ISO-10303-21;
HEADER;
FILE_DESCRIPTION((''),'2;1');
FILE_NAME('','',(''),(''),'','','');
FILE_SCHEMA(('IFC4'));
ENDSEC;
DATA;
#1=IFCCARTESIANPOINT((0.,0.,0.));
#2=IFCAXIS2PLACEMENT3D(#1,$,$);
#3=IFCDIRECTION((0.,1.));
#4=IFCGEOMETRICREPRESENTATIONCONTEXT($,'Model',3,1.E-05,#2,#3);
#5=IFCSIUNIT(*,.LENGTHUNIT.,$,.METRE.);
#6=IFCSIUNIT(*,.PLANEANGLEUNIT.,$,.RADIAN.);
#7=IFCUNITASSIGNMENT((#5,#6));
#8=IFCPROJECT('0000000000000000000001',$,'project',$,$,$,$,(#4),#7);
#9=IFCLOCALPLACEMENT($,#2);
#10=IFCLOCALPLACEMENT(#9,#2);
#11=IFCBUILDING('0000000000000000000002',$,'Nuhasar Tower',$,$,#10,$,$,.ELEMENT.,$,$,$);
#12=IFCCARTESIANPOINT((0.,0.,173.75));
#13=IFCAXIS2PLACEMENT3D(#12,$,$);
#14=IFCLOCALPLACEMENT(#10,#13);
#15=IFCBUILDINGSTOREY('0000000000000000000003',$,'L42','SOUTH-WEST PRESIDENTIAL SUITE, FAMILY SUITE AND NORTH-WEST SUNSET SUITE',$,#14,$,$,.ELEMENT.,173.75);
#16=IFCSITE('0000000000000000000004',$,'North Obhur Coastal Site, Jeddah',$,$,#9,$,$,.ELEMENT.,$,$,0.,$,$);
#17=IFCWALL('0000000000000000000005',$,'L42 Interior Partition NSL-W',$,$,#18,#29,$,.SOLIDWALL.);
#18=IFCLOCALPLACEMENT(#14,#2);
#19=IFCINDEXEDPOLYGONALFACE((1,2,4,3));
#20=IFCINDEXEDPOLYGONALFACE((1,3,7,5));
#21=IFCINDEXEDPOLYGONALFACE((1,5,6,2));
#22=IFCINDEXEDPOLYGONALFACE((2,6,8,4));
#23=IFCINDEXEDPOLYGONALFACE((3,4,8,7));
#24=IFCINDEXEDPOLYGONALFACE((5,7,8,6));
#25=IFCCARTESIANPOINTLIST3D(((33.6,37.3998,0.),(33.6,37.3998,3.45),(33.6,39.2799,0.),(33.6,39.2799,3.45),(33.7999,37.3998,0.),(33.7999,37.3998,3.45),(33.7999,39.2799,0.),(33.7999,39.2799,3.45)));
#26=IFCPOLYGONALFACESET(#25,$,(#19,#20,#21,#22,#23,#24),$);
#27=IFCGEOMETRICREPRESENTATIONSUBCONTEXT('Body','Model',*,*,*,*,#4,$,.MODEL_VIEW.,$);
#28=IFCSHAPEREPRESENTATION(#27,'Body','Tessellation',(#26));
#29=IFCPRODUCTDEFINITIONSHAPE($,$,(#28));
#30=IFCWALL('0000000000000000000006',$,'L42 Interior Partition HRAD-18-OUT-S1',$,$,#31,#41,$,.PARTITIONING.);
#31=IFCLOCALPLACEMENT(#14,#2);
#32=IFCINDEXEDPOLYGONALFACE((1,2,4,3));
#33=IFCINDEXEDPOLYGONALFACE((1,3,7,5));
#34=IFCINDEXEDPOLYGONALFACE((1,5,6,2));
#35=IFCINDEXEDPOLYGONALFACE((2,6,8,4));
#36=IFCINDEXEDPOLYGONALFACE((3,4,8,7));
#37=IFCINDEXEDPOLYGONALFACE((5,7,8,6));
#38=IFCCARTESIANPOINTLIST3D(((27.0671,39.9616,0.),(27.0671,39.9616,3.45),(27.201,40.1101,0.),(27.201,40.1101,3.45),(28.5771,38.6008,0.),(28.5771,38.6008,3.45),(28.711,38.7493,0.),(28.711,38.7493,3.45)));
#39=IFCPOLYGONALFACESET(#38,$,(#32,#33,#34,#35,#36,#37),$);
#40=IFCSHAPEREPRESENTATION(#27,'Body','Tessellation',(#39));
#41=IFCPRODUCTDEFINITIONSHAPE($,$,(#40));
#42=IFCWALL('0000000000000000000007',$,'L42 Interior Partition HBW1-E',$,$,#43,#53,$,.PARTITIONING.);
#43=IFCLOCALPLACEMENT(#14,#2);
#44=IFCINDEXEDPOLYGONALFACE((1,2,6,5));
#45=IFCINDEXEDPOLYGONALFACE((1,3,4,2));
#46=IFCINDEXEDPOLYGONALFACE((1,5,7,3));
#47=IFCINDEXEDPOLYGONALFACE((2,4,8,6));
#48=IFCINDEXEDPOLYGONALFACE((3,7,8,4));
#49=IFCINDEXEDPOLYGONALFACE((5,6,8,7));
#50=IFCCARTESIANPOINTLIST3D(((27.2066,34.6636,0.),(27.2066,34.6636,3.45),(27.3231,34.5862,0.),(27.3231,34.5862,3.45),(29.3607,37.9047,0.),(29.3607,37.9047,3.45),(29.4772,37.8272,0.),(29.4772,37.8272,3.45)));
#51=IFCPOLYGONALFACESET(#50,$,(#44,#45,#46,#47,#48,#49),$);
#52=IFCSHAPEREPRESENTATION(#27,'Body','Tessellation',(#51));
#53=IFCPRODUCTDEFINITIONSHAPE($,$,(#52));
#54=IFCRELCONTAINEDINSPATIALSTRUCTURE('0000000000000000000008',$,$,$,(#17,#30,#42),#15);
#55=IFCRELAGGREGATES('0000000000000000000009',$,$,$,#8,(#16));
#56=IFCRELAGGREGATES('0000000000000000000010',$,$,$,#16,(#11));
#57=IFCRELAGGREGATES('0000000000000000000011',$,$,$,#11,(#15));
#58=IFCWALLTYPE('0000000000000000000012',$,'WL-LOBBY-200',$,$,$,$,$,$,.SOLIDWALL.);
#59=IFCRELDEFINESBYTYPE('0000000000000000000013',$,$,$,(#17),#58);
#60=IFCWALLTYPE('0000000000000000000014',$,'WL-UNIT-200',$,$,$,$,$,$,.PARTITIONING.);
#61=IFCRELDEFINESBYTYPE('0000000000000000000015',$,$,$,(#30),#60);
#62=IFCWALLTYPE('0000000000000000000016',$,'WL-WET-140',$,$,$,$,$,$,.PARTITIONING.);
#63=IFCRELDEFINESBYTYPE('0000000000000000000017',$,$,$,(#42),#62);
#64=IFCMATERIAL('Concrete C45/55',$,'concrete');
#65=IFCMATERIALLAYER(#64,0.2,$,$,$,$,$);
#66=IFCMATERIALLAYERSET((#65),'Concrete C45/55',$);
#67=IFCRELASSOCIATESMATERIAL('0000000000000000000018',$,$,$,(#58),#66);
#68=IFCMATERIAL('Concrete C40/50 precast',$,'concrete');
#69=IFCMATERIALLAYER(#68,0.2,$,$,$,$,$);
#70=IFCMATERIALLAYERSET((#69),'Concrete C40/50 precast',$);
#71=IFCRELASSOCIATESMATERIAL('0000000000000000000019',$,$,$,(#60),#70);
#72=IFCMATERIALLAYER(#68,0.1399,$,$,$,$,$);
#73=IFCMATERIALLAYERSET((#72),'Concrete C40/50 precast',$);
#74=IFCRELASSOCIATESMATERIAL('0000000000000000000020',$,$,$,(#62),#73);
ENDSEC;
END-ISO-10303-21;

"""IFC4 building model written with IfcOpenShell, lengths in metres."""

from ifc_helpers import new_model, si_unit, direction, frame, frame_2d, origin, place, context, subcontext, project, spatial, rectangle, extrude, material, layer, layer_set, type_object, element, save


model = new_model("IFC4")

# Units and contexts
model_context = context("Model", 3, precision=1e-05, world=origin(), true_north=direction((0.0, 1.0)))
body_context = subcontext(model_context, "Body", "Model", "MODEL_VIEW")
ifc_project = project(units=[si_unit("LENGTHUNIT", "METRE"), si_unit("PLANEANGLEUNIT", "RADIAN")], contexts=[model_context])

# Site, building, storey
site_placement = place(None, origin())
site = spatial("IfcSite", under=ifc_project, at=site_placement, Name="North Obhur Coastal Site, Jeddah", CompositionType="ELEMENT", RefElevation=0.0)
building_placement = place(site_placement, origin())
building = spatial("IfcBuilding", under=site, at=building_placement, Name="Nuhasar Tower", CompositionType="ELEMENT")
storey_placement = place(building_placement, frame((0.0, 0.0, 173.75)))
storey = spatial("IfcBuildingStorey", under=building, at=storey_placement, Name="L42", Description="SOUTH-WEST PRESIDENTIAL SUITE, FAMILY SUITE AND NORTH-WEST SUNSET SUITE", CompositionType="ELEMENT", Elevation=173.75)

# Walls
ifc_material_1 = material(Name="Concrete C45/55", Category="concrete")
ifc_layer_1 = layer(ifc_material_1, 0.2)
ifc_layer_set_1 = layer_set([ifc_layer_1], Name="Concrete C45/55")
wall_type_1 = type_object("IfcWallType", Name="WL-LOBBY-200", PredefinedType="SOLIDWALL", material=ifc_layer_set_1)
wall_1_placement = place(storey_placement, frame((33.7, 37.3999, 0.0), z_axis=(0.0, 0.0, 1.0), x_axis=(0.0, 1.0, 0.0)))
element("IfcWall", 1, at=wall_1_placement, inside=storey, type_object=wall_type_1, Name="L42 Interior Partition NSL-W", PredefinedType="SOLIDWALL", context=body_context, shape_type="SweptSolid", body=[
    extrude(rectangle(XDim=1.8801, YDim=0.2, at=frame_2d((0.9399, 0.0))), origin(), (0.0, 0.0, 1.0), 3.45),
])
ifc_material_2 = material(Name="Concrete C40/50 precast", Category="concrete")
ifc_layer_2 = layer(ifc_material_2, 0.2)
ifc_layer_set_2 = layer_set([ifc_layer_2], Name="Concrete C40/50 precast")
wall_type_2 = type_object("IfcWallType", Name="WL-UNIT-200", PredefinedType="PARTITIONING", material=ifc_layer_set_2)
wall_2_placement = place(storey_placement, frame((28.644, 38.675, 0.0), z_axis=(0.0, 0.0, 1.0), x_axis=(-0.742846, 0.669462, 0.0)))
element("IfcWall", 2, at=wall_2_placement, inside=storey, type_object=wall_type_2, Name="L42 Interior Partition HRAD-18-OUT-S1", PredefinedType="PARTITIONING", context=body_context, shape_type="SweptSolid", body=[
    extrude(rectangle(XDim=2.0327, YDim=0.2, at=frame_2d((1.0164, 0.0))), origin(), (0.0, 0.0, 1.0), 3.45),
])
ifc_layer_3 = layer(ifc_material_2, 0.1399)
ifc_layer_set_3 = layer_set([ifc_layer_3], Name="Concrete C40/50 precast")
wall_type_3 = type_object("IfcWallType", Name="WL-WET-140", PredefinedType="PARTITIONING", material=ifc_layer_set_3)
wall_3_placement = place(storey_placement, frame((29.4189, 37.866, 0.0), z_axis=(0.0, 0.0, 1.0), x_axis=(-0.553527, -0.832831, 0.0)))
element("IfcWall", 3, at=wall_3_placement, inside=storey, type_object=wall_type_3, Name="L42 Interior Partition HBW1-E", PredefinedType="PARTITIONING", context=body_context, shape_type="SweptSolid", body=[
    extrude(rectangle(XDim=3.8916, YDim=0.1399, at=frame_2d((1.9458, 0.0))), origin(), (0.0, 0.0, 1.0), 3.45),
])

save(model, "model.ifc")
